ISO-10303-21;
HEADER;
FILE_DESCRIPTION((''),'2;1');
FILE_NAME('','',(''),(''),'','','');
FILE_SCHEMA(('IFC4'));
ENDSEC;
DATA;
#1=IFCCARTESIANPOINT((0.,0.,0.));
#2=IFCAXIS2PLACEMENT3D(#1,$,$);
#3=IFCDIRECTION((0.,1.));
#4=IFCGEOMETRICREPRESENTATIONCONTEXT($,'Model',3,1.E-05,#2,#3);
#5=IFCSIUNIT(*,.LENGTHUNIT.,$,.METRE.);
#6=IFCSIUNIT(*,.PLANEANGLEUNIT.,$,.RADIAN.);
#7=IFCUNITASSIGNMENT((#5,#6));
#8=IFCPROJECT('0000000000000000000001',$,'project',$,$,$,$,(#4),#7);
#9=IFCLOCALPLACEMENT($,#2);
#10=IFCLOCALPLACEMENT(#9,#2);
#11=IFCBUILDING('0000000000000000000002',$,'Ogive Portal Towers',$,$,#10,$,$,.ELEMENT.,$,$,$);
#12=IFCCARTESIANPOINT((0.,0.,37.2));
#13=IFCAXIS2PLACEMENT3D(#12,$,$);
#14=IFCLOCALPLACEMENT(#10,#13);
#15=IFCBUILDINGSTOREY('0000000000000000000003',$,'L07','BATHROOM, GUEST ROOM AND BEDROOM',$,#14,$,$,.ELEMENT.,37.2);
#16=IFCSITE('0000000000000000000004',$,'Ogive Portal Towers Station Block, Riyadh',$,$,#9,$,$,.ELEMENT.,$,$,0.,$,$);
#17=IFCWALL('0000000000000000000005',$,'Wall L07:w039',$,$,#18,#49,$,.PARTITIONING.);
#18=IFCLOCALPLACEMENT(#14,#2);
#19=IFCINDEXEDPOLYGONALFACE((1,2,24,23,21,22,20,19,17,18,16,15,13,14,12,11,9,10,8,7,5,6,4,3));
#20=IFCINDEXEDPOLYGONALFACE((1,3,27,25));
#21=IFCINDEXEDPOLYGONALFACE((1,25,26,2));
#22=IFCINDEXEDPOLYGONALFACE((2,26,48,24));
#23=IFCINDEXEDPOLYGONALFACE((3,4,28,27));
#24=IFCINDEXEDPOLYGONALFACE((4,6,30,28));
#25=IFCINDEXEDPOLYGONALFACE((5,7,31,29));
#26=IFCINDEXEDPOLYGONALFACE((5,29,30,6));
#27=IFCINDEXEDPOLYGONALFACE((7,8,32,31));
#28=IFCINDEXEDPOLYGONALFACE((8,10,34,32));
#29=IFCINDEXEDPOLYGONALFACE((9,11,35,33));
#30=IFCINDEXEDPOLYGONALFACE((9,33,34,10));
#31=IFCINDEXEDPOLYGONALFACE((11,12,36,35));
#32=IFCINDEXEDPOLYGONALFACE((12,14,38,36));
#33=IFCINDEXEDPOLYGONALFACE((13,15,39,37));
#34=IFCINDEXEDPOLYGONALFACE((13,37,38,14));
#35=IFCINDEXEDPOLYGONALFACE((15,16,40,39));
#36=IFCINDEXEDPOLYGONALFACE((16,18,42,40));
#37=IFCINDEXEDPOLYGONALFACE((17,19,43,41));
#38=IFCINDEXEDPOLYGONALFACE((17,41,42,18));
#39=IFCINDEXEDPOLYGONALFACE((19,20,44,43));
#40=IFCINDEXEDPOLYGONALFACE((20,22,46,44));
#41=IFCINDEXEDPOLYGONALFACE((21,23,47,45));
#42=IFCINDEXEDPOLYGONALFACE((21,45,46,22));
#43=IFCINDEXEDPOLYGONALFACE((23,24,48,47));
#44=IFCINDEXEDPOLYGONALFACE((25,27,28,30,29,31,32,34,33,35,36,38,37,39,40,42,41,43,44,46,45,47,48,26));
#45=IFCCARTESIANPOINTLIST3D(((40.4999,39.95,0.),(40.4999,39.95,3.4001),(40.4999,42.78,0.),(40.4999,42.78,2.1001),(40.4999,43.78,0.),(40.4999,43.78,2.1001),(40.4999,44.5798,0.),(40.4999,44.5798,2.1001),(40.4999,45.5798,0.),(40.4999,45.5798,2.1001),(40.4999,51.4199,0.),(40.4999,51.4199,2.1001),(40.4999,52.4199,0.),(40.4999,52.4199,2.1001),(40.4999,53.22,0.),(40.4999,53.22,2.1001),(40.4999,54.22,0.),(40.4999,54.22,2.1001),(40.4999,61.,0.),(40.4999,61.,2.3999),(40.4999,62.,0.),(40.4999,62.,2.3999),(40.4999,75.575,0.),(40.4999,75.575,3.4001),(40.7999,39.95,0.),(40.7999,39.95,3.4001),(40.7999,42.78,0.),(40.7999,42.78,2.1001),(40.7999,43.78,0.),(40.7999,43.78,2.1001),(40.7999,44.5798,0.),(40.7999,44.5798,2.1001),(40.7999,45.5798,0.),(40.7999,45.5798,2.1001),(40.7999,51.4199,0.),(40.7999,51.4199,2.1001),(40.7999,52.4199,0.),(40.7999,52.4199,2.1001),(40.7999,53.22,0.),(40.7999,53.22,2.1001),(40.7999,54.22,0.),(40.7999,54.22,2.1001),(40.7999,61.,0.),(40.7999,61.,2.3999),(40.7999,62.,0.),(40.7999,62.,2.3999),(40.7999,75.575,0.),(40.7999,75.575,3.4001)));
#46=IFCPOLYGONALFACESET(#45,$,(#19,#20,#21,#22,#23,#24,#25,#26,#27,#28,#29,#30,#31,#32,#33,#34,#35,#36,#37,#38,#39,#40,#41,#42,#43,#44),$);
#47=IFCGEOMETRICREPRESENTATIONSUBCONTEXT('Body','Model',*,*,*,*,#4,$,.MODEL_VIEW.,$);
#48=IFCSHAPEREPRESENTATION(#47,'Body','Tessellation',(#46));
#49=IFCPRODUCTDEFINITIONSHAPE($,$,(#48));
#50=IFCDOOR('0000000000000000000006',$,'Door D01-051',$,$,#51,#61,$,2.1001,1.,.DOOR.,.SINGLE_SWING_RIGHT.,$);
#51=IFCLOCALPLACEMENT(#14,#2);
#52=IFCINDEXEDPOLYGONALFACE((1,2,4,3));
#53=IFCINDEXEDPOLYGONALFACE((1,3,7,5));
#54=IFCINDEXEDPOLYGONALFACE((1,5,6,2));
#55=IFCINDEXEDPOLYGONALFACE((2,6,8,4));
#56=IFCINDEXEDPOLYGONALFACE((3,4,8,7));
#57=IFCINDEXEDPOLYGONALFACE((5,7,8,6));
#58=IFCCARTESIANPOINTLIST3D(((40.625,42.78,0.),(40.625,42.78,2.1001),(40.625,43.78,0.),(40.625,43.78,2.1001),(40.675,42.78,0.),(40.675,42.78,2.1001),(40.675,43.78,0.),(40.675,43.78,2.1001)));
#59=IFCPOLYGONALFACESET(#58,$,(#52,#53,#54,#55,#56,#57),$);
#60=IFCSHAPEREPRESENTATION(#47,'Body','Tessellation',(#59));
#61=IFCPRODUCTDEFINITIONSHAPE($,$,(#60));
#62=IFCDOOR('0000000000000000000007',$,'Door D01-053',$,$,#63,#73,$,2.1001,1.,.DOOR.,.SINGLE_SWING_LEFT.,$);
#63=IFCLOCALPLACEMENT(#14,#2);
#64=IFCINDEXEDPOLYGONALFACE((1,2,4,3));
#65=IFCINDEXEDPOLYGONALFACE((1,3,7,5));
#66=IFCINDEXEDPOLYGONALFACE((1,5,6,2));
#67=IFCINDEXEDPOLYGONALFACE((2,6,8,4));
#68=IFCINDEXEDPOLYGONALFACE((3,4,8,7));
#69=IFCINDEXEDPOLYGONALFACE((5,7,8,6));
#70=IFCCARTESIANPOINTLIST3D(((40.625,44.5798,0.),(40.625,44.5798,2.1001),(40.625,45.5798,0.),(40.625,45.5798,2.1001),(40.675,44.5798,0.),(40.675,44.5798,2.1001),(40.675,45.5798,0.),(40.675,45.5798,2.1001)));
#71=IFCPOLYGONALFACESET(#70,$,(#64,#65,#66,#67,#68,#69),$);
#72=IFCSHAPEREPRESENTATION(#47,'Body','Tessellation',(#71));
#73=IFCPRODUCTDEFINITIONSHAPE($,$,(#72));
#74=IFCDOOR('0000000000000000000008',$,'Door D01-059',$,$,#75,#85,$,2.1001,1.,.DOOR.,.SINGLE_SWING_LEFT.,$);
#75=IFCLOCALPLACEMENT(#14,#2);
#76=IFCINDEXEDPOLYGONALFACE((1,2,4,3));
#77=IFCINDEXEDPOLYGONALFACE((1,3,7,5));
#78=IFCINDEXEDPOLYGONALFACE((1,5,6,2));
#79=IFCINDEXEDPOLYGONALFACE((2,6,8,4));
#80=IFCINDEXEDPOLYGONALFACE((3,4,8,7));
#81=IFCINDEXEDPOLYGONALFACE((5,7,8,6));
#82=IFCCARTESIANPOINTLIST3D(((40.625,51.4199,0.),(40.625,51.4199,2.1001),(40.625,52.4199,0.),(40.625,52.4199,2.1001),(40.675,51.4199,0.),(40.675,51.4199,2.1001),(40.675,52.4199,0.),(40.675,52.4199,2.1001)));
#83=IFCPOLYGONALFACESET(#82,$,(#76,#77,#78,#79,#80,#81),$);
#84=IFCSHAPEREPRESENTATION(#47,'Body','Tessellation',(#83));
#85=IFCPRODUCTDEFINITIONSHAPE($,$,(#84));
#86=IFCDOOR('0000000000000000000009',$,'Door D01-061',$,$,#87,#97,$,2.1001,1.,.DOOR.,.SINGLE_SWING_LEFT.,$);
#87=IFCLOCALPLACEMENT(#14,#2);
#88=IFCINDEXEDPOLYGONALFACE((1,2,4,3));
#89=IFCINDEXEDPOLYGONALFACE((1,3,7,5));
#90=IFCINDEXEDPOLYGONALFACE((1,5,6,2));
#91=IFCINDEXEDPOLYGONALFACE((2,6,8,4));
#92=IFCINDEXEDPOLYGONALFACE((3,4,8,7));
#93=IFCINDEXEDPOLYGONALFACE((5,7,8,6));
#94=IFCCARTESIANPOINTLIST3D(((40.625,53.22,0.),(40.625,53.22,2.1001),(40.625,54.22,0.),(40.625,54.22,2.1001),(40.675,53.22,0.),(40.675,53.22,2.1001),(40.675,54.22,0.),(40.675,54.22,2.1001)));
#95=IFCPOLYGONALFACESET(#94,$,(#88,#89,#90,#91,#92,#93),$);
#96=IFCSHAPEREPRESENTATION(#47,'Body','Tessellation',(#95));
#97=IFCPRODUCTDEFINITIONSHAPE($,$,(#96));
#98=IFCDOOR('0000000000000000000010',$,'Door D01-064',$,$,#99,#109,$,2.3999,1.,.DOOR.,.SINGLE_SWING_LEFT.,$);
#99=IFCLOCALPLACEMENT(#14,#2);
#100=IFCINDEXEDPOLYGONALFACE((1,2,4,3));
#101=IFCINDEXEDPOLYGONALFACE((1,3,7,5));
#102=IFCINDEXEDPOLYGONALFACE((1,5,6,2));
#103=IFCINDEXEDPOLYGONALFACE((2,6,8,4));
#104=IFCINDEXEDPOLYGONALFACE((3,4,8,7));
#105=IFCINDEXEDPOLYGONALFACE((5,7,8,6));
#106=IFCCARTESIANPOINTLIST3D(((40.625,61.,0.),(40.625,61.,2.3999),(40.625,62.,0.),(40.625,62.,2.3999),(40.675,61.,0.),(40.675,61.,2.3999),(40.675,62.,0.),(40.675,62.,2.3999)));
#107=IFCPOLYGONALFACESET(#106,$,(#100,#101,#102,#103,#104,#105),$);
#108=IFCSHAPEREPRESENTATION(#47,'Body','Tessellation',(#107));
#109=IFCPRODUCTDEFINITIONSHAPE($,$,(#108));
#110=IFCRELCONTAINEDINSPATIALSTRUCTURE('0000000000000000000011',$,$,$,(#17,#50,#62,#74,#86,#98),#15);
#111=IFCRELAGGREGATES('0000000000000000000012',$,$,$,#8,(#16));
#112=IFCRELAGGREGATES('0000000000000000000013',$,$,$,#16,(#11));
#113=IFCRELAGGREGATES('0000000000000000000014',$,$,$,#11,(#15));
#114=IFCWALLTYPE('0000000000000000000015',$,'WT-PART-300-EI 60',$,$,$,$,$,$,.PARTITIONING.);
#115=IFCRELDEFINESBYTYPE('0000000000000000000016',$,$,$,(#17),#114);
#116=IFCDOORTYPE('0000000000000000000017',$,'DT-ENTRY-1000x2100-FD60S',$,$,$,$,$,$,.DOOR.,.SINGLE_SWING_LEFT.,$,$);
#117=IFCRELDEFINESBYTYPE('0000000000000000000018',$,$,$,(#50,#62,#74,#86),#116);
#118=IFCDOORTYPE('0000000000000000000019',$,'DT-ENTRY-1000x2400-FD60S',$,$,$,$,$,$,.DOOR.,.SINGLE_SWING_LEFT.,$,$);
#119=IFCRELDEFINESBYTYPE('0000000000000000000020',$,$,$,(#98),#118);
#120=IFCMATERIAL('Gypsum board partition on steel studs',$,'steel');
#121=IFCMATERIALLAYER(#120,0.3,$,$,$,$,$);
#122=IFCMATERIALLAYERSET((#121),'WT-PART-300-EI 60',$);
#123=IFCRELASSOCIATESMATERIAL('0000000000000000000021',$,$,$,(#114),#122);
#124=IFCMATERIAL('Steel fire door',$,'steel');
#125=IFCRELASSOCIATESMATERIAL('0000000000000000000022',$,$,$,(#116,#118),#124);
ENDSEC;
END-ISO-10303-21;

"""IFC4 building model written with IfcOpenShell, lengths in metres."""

from ifc_helpers import new_model, si_unit, direction, frame, frame_2d, origin, place, context, subcontext, project, spatial, rectangle, extrude, material, layer, layer_set, type_object, element, fill, save


model = new_model("IFC4")

# Units and contexts
model_context = context("Model", 3, precision=1e-05, world=origin(), true_north=direction((0.0, 1.0)))
body_context = subcontext(model_context, "Body", "Model", "MODEL_VIEW")
ifc_project = project(units=[si_unit("LENGTHUNIT", "METRE"), si_unit("PLANEANGLEUNIT", "RADIAN")], contexts=[model_context])

# Site, building, storey
site_placement = place(None, origin())
site = spatial("IfcSite", under=ifc_project, at=site_placement, Name="Ogive Portal Towers Station Block, Riyadh", CompositionType="ELEMENT", RefElevation=0.0)
building_placement = place(site_placement, origin())
building = spatial("IfcBuilding", under=site, at=building_placement, Name="Ogive Portal Towers", CompositionType="ELEMENT")
storey_placement = place(building_placement, frame((0.0, 0.0, 37.2)))
storey = spatial("IfcBuildingStorey", under=building, at=storey_placement, Name="L07", Description="BATHROOM, GUEST ROOM AND BEDROOM", CompositionType="ELEMENT", Elevation=37.2)

# Shared definitions
ifc_material_1 = material(Name="Gypsum board partition on steel studs", Category="steel")
ifc_layer_1 = layer(ifc_material_1, 0.3)
ifc_layer_set_1 = layer_set([ifc_layer_1], Name="WT-PART-300-EI 60")
wall_type_1 = type_object("IfcWallType", Name="WT-PART-300-EI 60", PredefinedType="PARTITIONING", material=ifc_layer_set_1)

# Wall, openings, doors
ifc_material_2 = material(Name="Steel fire door", Category="steel")
wall_1_placement = place(storey_placement, frame((40.6499, 39.95, 0.0), z_axis=(0.0, 0.0, 1.0), x_axis=(0.0, 1.0, 0.0)))
wall_1 = element("IfcWall", 1, at=wall_1_placement, inside=storey, type_object=wall_type_1, Name="Wall L07:w039", PredefinedType="PARTITIONING", context=body_context, shape_type="SweptSolid", body=[
    extrude(rectangle(XDim=35.625, YDim=0.3, at=frame_2d((17.8125, 0.0))), origin(), (0.0, 0.0, 1.0), 3.4001),
])
opening_1_placement = place(wall_1_placement, frame((2.8301, 0.0, 0.0)))
opening_1 = element("IfcOpeningElement", 2, at=opening_1_placement, cuts=wall_1, PredefinedType="OPENING", context=body_context, shape_type="SweptSolid", body=[
    extrude(rectangle(XDim=1.0, YDim=2.1001, at=frame_2d((0.5, 1.05))), frame((0.0, 0.1602, 0.0), z_axis=(0.0, -1.0, 0.0), x_axis=(1.0, 0.0, 0.0)), (0.0, 0.0, 1.0), 0.3201),
])
opening_2_placement = place(wall_1_placement, frame((4.6299, 0.0, 0.0)))
opening_2 = element("IfcOpeningElement", 3, at=opening_2_placement, cuts=wall_1, PredefinedType="OPENING", context=body_context, shape_type="SweptSolid", body=[
    extrude(rectangle(XDim=1.0, YDim=2.1001, at=frame_2d((0.5, 1.05))), frame((0.0, 0.1602, 0.0), z_axis=(0.0, -1.0, 0.0), x_axis=(1.0, 0.0, 0.0)), (0.0, 0.0, 1.0), 0.3201),
])
opening_3_placement = place(wall_1_placement, frame((11.47, 0.0, 0.0)))
opening_3 = element("IfcOpeningElement", 4, at=opening_3_placement, cuts=wall_1, PredefinedType="OPENING", context=body_context, shape_type="SweptSolid", body=[
    extrude(rectangle(XDim=1.0, YDim=2.1001, at=frame_2d((0.5, 1.05))), frame((0.0, 0.1602, 0.0), z_axis=(0.0, -1.0, 0.0), x_axis=(1.0, 0.0, 0.0)), (0.0, 0.0, 1.0), 0.3201),
])
opening_4_placement = place(wall_1_placement, frame((13.27, 0.0, 0.0)))
opening_4 = element("IfcOpeningElement", 5, at=opening_4_placement, cuts=wall_1, PredefinedType="OPENING", context=body_context, shape_type="SweptSolid", body=[
    extrude(rectangle(XDim=1.0, YDim=2.1001, at=frame_2d((0.5, 1.05))), frame((0.0, 0.1602, 0.0), z_axis=(0.0, -1.0, 0.0), x_axis=(1.0, 0.0, 0.0)), (0.0, 0.0, 1.0), 0.3201),
])
opening_5_placement = place(wall_1_placement, frame((21.05, 0.0, 0.0)))
opening_5 = element("IfcOpeningElement", 6, at=opening_5_placement, cuts=wall_1, PredefinedType="OPENING", context=body_context, shape_type="SweptSolid", body=[
    extrude(rectangle(XDim=1.0, YDim=2.3999, at=frame_2d((0.5, 1.2))), frame((0.0, 0.1602, 0.0), z_axis=(0.0, -1.0, 0.0), x_axis=(1.0, 0.0, 0.0)), (0.0, 0.0, 1.0), 0.3201),
])
door_type_1 = type_object("IfcDoorType", Name="DT-ENTRY-1000x2100-FD60S", OperationType="SINGLE_SWING_LEFT", PredefinedType="DOOR", material=ifc_material_2)
door_1_placement = place(opening_1_placement, origin())
door_1 = element("IfcDoor", 7, at=door_1_placement, inside=storey, type_object=door_type_1, Name="Door D01-051", OperationType="SINGLE_SWING_RIGHT", OverallHeight=2.1001, OverallWidth=1.0, PredefinedType="DOOR", context=body_context, shape_type="SweptSolid", body=[
    extrude(rectangle(XDim=1.0, YDim=2.1001, at=frame_2d((0.5, 1.05))), frame((0.0, 0.0249, 0.0), z_axis=(0.0, -1.0, 0.0), x_axis=(1.0, 0.0, 0.0)), (0.0, 0.0, 1.0), 0.05),
])
fill(opening_1, door_1)
door_2_placement = place(opening_2_placement, origin())
door_2 = element("IfcDoor", 8, at=door_2_placement, inside=storey, type_object=door_type_1, Name="Door D01-053", OperationType="SINGLE_SWING_LEFT", OverallHeight=2.1001, OverallWidth=1.0, PredefinedType="DOOR", context=body_context, shape_type="SweptSolid", body=[
    extrude(rectangle(XDim=1.0, YDim=2.1001, at=frame_2d((0.5, 1.05))), frame((0.0, 0.0249, 0.0), z_axis=(0.0, -1.0, 0.0), x_axis=(1.0, 0.0, 0.0)), (0.0, 0.0, 1.0), 0.05),
])
fill(opening_2, door_2)
door_3_placement = place(opening_3_placement, origin())
door_3 = element("IfcDoor", 9, at=door_3_placement, inside=storey, type_object=door_type_1, Name="Door D01-059", OperationType="SINGLE_SWING_LEFT", OverallHeight=2.1001, OverallWidth=1.0, PredefinedType="DOOR", context=body_context, shape_type="SweptSolid", body=[
    extrude(rectangle(XDim=1.0, YDim=2.1001, at=frame_2d((0.5, 1.05))), frame((0.0, 0.0249, 0.0), z_axis=(0.0, -1.0, 0.0), x_axis=(1.0, 0.0, 0.0)), (0.0, 0.0, 1.0), 0.05),
])
fill(opening_3, door_3)
door_4_placement = place(opening_4_placement, origin())
door_4 = element("IfcDoor", 10, at=door_4_placement, inside=storey, type_object=door_type_1, Name="Door D01-061", OperationType="SINGLE_SWING_LEFT", OverallHeight=2.1001, OverallWidth=1.0, PredefinedType="DOOR", context=body_context, shape_type="SweptSolid", body=[
    extrude(rectangle(XDim=1.0, YDim=2.1001, at=frame_2d((0.5, 1.05))), frame((0.0, 0.0249, 0.0), z_axis=(0.0, -1.0, 0.0), x_axis=(1.0, 0.0, 0.0)), (0.0, 0.0, 1.0), 0.05),
])
fill(opening_4, door_4)
door_type_2 = type_object("IfcDoorType", Name="DT-ENTRY-1000x2400-FD60S", OperationType="SINGLE_SWING_LEFT", PredefinedType="DOOR", material=ifc_material_2)
door_5_placement = place(opening_5_placement, origin())
door_5 = element("IfcDoor", 11, at=door_5_placement, inside=storey, type_object=door_type_2, Name="Door D01-064", OperationType="SINGLE_SWING_LEFT", OverallHeight=2.3999, OverallWidth=1.0, PredefinedType="DOOR", context=body_context, shape_type="SweptSolid", body=[
    extrude(rectangle(XDim=1.0, YDim=2.3999, at=frame_2d((0.5, 1.2))), frame((0.0, 0.0249, 0.0), z_axis=(0.0, -1.0, 0.0), x_axis=(1.0, 0.0, 0.0)), (0.0, 0.0, 1.0), 0.05),
])
fill(opening_5, door_5)

save(model, "model.ifc")
